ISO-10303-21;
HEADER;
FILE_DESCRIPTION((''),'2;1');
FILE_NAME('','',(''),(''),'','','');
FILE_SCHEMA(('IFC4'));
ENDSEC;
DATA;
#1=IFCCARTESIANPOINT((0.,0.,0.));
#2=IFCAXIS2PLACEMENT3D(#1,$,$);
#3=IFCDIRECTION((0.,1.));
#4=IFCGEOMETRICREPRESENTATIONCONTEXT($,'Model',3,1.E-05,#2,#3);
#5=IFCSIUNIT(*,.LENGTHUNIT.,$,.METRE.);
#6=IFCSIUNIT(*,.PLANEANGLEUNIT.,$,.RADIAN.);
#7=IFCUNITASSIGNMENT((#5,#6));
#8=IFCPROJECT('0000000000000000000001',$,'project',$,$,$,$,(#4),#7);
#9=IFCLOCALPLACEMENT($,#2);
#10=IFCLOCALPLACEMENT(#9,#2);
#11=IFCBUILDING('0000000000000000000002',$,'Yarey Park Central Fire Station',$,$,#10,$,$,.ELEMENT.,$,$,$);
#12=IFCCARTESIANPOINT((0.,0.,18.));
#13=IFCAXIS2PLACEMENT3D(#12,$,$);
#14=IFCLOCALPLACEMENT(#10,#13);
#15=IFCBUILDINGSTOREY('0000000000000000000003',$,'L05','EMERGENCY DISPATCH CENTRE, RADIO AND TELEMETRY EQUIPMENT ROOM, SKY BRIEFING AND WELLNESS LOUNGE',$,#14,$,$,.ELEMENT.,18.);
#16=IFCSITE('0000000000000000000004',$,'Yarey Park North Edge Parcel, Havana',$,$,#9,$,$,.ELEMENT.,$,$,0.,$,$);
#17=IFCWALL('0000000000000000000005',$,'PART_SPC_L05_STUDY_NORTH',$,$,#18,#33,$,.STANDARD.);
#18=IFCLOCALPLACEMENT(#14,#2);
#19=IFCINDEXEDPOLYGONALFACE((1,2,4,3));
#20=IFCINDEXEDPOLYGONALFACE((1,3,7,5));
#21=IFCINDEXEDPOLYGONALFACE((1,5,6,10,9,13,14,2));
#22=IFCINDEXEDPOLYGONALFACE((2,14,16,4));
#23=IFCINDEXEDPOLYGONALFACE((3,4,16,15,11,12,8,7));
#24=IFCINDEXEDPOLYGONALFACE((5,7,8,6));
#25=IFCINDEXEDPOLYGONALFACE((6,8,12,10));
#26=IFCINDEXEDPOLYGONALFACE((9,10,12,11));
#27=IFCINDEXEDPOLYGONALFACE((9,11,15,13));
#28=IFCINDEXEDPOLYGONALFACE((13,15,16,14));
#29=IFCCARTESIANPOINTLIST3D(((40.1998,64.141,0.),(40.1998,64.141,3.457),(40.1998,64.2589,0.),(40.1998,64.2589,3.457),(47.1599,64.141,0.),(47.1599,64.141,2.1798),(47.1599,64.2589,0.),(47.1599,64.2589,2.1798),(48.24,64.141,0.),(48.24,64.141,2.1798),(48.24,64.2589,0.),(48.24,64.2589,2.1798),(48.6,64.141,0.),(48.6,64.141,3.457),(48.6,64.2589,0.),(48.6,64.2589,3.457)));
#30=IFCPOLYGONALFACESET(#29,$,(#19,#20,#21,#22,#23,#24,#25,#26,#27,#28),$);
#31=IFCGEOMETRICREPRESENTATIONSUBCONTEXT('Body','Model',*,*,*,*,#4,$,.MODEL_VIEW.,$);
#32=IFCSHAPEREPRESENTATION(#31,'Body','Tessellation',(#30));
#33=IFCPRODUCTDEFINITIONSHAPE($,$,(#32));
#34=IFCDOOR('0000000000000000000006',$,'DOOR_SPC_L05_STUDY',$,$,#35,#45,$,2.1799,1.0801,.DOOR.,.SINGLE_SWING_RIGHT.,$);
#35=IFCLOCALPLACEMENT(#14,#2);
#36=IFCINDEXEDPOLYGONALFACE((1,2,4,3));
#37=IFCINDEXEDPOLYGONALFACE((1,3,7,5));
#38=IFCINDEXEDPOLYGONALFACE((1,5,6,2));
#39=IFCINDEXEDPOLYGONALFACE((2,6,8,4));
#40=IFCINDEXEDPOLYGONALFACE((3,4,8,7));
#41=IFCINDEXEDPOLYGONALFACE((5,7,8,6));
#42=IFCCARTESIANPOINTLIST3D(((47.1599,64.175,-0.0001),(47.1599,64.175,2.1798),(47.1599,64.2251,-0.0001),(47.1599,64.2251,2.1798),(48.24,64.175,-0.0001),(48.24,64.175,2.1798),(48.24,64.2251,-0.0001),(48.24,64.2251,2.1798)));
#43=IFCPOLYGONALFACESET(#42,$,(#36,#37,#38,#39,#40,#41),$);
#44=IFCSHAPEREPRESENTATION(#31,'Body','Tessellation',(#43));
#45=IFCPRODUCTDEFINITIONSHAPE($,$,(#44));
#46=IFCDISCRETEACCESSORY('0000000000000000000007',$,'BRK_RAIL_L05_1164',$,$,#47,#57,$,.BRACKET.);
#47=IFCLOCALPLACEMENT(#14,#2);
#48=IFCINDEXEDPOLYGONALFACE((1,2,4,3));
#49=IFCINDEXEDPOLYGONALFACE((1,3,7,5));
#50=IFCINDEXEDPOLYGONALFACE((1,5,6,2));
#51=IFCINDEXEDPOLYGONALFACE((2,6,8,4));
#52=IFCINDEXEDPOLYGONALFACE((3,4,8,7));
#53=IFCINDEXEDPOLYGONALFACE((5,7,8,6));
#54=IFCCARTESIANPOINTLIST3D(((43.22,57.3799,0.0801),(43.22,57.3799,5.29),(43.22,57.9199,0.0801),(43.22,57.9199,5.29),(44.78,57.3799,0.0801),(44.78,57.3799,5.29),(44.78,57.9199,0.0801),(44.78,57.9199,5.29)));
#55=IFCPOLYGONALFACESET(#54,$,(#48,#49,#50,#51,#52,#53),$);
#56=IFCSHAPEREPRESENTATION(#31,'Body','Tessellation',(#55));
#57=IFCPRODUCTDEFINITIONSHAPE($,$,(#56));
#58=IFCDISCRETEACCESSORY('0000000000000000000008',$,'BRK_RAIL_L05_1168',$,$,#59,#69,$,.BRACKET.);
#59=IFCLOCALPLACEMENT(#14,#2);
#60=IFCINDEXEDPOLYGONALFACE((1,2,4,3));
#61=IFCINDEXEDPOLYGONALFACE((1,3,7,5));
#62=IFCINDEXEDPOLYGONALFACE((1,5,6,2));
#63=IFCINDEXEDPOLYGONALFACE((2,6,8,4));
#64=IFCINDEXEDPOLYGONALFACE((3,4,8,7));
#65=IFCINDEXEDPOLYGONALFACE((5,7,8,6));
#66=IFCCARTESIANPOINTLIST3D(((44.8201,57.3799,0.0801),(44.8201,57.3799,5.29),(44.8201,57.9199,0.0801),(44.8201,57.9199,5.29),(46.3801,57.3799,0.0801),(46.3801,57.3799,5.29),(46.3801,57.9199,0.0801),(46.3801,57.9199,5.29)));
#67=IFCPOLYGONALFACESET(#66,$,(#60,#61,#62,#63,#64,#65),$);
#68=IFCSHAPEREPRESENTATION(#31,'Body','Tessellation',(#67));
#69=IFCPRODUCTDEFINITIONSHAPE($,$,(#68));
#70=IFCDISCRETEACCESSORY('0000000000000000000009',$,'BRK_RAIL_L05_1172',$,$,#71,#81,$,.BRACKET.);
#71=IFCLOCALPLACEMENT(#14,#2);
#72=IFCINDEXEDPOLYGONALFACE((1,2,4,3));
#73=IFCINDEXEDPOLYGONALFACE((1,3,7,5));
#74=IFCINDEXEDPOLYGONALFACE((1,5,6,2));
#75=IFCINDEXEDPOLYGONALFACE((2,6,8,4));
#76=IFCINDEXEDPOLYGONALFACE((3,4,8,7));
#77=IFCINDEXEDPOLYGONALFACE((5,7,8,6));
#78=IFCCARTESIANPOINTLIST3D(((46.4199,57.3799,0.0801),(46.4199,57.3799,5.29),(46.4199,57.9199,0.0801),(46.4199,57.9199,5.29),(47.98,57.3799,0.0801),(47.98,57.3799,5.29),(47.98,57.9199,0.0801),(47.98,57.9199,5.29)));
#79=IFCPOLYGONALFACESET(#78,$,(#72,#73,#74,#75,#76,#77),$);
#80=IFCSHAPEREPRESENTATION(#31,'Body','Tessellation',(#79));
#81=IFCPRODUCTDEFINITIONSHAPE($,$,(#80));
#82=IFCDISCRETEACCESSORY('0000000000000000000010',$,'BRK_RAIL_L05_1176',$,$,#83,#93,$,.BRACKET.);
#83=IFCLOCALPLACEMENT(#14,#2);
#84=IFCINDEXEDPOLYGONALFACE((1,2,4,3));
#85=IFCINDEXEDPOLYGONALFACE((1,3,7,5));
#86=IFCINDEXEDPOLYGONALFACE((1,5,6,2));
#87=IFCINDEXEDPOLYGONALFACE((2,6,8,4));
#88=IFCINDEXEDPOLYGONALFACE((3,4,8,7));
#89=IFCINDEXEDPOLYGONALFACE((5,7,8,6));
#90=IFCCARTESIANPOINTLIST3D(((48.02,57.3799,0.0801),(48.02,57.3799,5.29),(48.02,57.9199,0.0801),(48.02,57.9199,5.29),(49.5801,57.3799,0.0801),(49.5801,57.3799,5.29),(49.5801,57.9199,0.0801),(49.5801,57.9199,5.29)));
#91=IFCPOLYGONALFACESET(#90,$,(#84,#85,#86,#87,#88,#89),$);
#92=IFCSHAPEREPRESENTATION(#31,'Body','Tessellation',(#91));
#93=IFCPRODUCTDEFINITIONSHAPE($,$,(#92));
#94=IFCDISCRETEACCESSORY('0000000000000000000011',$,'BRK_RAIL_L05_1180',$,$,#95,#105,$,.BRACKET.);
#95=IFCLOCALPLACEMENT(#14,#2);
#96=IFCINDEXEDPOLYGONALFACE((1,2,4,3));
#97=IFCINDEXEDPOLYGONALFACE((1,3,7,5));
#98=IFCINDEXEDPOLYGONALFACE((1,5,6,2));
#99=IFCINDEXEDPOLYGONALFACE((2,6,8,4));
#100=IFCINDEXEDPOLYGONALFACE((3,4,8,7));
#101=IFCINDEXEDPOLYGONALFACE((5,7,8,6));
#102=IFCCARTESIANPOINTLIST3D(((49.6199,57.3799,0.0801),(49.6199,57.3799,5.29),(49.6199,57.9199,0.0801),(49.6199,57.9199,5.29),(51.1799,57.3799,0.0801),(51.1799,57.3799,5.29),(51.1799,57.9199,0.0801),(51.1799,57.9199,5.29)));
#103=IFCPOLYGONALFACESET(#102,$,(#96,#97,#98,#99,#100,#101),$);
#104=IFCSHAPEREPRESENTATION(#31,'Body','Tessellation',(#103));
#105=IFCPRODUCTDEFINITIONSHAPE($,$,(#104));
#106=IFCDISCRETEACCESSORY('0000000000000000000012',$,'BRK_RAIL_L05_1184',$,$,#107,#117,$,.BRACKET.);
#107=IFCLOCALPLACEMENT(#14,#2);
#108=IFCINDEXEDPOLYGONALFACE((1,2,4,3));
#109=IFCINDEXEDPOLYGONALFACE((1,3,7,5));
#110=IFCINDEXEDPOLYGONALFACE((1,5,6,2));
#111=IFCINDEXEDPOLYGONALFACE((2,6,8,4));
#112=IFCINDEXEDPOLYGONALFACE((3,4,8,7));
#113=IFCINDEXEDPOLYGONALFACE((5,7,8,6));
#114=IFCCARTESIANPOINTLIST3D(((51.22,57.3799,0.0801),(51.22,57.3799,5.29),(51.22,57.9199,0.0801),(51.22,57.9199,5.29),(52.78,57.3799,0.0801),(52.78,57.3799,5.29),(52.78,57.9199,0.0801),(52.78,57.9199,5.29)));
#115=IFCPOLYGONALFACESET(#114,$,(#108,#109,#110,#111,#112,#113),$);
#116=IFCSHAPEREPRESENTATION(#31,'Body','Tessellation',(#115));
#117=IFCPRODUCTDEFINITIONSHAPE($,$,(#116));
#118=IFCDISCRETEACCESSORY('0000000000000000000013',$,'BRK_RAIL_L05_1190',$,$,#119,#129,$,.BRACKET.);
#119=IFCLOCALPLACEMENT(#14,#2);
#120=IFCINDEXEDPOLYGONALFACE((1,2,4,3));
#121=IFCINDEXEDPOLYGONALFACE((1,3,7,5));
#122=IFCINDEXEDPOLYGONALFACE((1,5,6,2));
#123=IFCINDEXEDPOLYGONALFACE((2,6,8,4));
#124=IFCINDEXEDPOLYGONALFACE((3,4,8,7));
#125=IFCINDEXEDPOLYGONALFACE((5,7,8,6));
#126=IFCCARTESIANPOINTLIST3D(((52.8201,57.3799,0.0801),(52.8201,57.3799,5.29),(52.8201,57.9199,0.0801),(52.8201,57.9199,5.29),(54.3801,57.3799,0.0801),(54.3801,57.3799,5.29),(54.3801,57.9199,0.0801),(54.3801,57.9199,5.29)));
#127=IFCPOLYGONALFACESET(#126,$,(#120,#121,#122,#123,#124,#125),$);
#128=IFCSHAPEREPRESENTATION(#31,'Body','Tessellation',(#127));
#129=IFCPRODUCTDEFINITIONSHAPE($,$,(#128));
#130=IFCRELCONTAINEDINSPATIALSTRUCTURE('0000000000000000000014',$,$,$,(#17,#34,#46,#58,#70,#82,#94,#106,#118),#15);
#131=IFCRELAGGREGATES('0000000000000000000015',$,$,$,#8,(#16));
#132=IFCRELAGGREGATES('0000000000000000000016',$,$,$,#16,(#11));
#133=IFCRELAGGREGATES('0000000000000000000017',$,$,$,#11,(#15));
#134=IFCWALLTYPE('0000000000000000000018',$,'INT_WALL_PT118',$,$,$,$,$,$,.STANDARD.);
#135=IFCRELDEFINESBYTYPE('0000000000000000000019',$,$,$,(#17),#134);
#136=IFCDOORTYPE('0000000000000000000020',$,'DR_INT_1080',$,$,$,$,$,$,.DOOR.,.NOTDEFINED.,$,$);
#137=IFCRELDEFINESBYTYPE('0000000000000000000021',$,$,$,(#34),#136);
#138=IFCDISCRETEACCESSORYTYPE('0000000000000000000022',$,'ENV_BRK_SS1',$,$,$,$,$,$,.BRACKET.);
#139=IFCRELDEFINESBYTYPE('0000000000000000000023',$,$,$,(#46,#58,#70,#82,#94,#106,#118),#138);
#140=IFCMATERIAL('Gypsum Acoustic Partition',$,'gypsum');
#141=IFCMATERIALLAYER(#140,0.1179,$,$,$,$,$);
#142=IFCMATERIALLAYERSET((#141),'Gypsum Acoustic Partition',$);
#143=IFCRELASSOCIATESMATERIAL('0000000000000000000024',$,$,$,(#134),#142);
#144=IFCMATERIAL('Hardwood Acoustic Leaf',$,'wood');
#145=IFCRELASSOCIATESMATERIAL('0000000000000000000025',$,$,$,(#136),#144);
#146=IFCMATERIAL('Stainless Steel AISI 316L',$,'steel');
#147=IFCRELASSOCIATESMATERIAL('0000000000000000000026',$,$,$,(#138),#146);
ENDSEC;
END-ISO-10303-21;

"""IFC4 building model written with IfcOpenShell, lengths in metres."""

from ifc_helpers import new_model, si_unit, direction, frame, frame_2d, origin, origin_2d, place, context, subcontext, project, spatial, rectangle, extrude, material, layer, layer_set, type_object, element, fill, save


model = new_model("IFC4")

# Units and contexts
model_context = context("Model", 3, precision=1e-05, world=origin(), true_north=direction((0.0, 1.0)))
body_context = subcontext(model_context, "Body", "Model", "MODEL_VIEW")
ifc_project = project(units=[si_unit("LENGTHUNIT", "METRE"), si_unit("PLANEANGLEUNIT", "RADIAN")], contexts=[model_context])

# Site, building, storey
site_placement = place(None, origin())
site = spatial("IfcSite", under=ifc_project, at=site_placement, Name="Yarey Park North Edge Parcel, Havana", CompositionType="ELEMENT", RefElevation=0.0)
building_placement = place(site_placement, origin())
building = spatial("IfcBuilding", under=site, at=building_placement, Name="Yarey Park Central Fire Station", CompositionType="ELEMENT")
storey_placement = place(building_placement, frame((0.0, 0.0, 18.0)))
storey = spatial("IfcBuildingStorey", under=building, at=storey_placement, Name="L05", Description="EMERGENCY DISPATCH CENTRE, RADIO AND TELEMETRY EQUIPMENT ROOM, SKY BRIEFING AND WELLNESS LOUNGE", CompositionType="ELEMENT", Elevation=18.0)

# Shared definitions
ifc_material_1 = material(Name="Hardwood Acoustic Leaf", Category="wood")

# Shared definitions
ifc_material_2 = material(Name="Gypsum Acoustic Partition", Category="gypsum")

# Wall, opening, door
ifc_layer_1 = layer(ifc_material_2, 0.1179)
ifc_layer_set_1 = layer_set([ifc_layer_1], Name="Gypsum Acoustic Partition")
wall_type_1 = type_object("IfcWallType", Name="INT_WALL_PT118", PredefinedType="STANDARD", material=ifc_layer_set_1)
wall_1_placement = place(storey_placement, frame((48.6001, 64.2, 0.0), z_axis=(0.0, 0.0, 1.0), x_axis=(-1.0, 0.0, 0.0)))
wall_1 = element("IfcWall", 1, at=wall_1_placement, inside=storey, type_object=wall_type_1, Name="PART_SPC_L05_STUDY_NORTH", PredefinedType="STANDARD", context=body_context, shape_type="SweptSolid", body=[
    extrude(rectangle(XDim=8.4001, YDim=0.1179, at=frame_2d((4.2002, 0.0))), origin(), (0.0, 0.0, 1.0), 3.457),
])
opening_1_placement = place(wall_1_placement, frame((0.3601, 0.0, 0.0)))
opening_1 = element("IfcOpeningElement", 2, at=opening_1_placement, cuts=wall_1, PredefinedType="OPENING", context=body_context, shape_type="SweptSolid", body=[
    extrude(rectangle(XDim=1.0801, YDim=2.1799, at=frame_2d((0.54, 1.0898))), frame((0.0, 0.0688, 0.0), z_axis=(0.0, -1.0, 0.0), x_axis=(1.0, 0.0, 0.0)), (0.0, 0.0, 1.0), 0.1379),
])
door_type_1 = type_object("IfcDoorType", Name="DR_INT_1080", OperationType="NOTDEFINED", PredefinedType="DOOR", material=ifc_material_1)
door_1_placement = place(opening_1_placement, origin())
door_1 = element("IfcDoor", 3, at=door_1_placement, inside=storey, type_object=door_type_1, Name="DOOR_SPC_L05_STUDY", OperationType="SINGLE_SWING_RIGHT", OverallHeight=2.1799, OverallWidth=1.0801, PredefinedType="DOOR", context=body_context, shape_type="SweptSolid", body=[
    extrude(rectangle(XDim=1.0801, YDim=2.1799, at=frame_2d((0.54, 1.0898))), frame((0.0, 0.0249, 0.0), z_axis=(0.0, -1.0, 0.0), x_axis=(1.0, 0.0, 0.0)), (0.0, 0.0, 1.0), 0.05),
])
fill(opening_1, door_1)

# Discrete accessories
ifc_material_3 = material(Name="Stainless Steel AISI 316L", Category="steel")
discrete_accessory_type = type_object("IfcDiscreteAccessoryType", Name="ENV_BRK_SS1", PredefinedType="BRACKET", material=ifc_material_3)
for number, where, z_axis, x_axis, name in (
    (4, (44.0, 57.6499, 0.0801), (0.0, 0.0, 1.0), (1.0, 0.0, 0.0), "BRK_RAIL_L05_1164"),
    (5, (45.6001, 57.6499, 0.0801), (0.0, 0.0, 1.0), (1.0, 0.0, 0.0), "BRK_RAIL_L05_1168"),
    (6, (47.2, 57.6499, 0.0801), (0.0, 0.0, 1.0), (1.0, 0.0, 0.0), "BRK_RAIL_L05_1172"),
    (7, (48.8, 57.6499, 0.0801), (0.0, 0.0, 1.0), (1.0, 0.0, 0.0), "BRK_RAIL_L05_1176"),
    (8, (50.3999, 57.6499, 0.0801), (0.0, 0.0, 1.0), (1.0, 0.0, 0.0), "BRK_RAIL_L05_1180"),
    (9, (52.0, 57.6499, 0.0801), (0.0, 0.0, 1.0), (1.0, 0.0, 0.0), "BRK_RAIL_L05_1184"),
    (10, (53.6001, 57.6499, 0.0801), (0.0, 0.0, 1.0), (1.0, 0.0, 0.0), "BRK_RAIL_L05_1190"),
):
    element("IfcDiscreteAccessory", number, at=place(storey_placement, frame(where, z_axis=z_axis, x_axis=x_axis)), inside=storey, type_object=discrete_accessory_type, Name=name, PredefinedType="BRACKET", context=body_context, shape_type="SweptSolid", body=[
        extrude(rectangle(XDim=1.5601, YDim=0.54, at=origin_2d()), origin(), (0.0, 0.0, 1.0), 5.21),
    ])

save(model, "model.ifc")
